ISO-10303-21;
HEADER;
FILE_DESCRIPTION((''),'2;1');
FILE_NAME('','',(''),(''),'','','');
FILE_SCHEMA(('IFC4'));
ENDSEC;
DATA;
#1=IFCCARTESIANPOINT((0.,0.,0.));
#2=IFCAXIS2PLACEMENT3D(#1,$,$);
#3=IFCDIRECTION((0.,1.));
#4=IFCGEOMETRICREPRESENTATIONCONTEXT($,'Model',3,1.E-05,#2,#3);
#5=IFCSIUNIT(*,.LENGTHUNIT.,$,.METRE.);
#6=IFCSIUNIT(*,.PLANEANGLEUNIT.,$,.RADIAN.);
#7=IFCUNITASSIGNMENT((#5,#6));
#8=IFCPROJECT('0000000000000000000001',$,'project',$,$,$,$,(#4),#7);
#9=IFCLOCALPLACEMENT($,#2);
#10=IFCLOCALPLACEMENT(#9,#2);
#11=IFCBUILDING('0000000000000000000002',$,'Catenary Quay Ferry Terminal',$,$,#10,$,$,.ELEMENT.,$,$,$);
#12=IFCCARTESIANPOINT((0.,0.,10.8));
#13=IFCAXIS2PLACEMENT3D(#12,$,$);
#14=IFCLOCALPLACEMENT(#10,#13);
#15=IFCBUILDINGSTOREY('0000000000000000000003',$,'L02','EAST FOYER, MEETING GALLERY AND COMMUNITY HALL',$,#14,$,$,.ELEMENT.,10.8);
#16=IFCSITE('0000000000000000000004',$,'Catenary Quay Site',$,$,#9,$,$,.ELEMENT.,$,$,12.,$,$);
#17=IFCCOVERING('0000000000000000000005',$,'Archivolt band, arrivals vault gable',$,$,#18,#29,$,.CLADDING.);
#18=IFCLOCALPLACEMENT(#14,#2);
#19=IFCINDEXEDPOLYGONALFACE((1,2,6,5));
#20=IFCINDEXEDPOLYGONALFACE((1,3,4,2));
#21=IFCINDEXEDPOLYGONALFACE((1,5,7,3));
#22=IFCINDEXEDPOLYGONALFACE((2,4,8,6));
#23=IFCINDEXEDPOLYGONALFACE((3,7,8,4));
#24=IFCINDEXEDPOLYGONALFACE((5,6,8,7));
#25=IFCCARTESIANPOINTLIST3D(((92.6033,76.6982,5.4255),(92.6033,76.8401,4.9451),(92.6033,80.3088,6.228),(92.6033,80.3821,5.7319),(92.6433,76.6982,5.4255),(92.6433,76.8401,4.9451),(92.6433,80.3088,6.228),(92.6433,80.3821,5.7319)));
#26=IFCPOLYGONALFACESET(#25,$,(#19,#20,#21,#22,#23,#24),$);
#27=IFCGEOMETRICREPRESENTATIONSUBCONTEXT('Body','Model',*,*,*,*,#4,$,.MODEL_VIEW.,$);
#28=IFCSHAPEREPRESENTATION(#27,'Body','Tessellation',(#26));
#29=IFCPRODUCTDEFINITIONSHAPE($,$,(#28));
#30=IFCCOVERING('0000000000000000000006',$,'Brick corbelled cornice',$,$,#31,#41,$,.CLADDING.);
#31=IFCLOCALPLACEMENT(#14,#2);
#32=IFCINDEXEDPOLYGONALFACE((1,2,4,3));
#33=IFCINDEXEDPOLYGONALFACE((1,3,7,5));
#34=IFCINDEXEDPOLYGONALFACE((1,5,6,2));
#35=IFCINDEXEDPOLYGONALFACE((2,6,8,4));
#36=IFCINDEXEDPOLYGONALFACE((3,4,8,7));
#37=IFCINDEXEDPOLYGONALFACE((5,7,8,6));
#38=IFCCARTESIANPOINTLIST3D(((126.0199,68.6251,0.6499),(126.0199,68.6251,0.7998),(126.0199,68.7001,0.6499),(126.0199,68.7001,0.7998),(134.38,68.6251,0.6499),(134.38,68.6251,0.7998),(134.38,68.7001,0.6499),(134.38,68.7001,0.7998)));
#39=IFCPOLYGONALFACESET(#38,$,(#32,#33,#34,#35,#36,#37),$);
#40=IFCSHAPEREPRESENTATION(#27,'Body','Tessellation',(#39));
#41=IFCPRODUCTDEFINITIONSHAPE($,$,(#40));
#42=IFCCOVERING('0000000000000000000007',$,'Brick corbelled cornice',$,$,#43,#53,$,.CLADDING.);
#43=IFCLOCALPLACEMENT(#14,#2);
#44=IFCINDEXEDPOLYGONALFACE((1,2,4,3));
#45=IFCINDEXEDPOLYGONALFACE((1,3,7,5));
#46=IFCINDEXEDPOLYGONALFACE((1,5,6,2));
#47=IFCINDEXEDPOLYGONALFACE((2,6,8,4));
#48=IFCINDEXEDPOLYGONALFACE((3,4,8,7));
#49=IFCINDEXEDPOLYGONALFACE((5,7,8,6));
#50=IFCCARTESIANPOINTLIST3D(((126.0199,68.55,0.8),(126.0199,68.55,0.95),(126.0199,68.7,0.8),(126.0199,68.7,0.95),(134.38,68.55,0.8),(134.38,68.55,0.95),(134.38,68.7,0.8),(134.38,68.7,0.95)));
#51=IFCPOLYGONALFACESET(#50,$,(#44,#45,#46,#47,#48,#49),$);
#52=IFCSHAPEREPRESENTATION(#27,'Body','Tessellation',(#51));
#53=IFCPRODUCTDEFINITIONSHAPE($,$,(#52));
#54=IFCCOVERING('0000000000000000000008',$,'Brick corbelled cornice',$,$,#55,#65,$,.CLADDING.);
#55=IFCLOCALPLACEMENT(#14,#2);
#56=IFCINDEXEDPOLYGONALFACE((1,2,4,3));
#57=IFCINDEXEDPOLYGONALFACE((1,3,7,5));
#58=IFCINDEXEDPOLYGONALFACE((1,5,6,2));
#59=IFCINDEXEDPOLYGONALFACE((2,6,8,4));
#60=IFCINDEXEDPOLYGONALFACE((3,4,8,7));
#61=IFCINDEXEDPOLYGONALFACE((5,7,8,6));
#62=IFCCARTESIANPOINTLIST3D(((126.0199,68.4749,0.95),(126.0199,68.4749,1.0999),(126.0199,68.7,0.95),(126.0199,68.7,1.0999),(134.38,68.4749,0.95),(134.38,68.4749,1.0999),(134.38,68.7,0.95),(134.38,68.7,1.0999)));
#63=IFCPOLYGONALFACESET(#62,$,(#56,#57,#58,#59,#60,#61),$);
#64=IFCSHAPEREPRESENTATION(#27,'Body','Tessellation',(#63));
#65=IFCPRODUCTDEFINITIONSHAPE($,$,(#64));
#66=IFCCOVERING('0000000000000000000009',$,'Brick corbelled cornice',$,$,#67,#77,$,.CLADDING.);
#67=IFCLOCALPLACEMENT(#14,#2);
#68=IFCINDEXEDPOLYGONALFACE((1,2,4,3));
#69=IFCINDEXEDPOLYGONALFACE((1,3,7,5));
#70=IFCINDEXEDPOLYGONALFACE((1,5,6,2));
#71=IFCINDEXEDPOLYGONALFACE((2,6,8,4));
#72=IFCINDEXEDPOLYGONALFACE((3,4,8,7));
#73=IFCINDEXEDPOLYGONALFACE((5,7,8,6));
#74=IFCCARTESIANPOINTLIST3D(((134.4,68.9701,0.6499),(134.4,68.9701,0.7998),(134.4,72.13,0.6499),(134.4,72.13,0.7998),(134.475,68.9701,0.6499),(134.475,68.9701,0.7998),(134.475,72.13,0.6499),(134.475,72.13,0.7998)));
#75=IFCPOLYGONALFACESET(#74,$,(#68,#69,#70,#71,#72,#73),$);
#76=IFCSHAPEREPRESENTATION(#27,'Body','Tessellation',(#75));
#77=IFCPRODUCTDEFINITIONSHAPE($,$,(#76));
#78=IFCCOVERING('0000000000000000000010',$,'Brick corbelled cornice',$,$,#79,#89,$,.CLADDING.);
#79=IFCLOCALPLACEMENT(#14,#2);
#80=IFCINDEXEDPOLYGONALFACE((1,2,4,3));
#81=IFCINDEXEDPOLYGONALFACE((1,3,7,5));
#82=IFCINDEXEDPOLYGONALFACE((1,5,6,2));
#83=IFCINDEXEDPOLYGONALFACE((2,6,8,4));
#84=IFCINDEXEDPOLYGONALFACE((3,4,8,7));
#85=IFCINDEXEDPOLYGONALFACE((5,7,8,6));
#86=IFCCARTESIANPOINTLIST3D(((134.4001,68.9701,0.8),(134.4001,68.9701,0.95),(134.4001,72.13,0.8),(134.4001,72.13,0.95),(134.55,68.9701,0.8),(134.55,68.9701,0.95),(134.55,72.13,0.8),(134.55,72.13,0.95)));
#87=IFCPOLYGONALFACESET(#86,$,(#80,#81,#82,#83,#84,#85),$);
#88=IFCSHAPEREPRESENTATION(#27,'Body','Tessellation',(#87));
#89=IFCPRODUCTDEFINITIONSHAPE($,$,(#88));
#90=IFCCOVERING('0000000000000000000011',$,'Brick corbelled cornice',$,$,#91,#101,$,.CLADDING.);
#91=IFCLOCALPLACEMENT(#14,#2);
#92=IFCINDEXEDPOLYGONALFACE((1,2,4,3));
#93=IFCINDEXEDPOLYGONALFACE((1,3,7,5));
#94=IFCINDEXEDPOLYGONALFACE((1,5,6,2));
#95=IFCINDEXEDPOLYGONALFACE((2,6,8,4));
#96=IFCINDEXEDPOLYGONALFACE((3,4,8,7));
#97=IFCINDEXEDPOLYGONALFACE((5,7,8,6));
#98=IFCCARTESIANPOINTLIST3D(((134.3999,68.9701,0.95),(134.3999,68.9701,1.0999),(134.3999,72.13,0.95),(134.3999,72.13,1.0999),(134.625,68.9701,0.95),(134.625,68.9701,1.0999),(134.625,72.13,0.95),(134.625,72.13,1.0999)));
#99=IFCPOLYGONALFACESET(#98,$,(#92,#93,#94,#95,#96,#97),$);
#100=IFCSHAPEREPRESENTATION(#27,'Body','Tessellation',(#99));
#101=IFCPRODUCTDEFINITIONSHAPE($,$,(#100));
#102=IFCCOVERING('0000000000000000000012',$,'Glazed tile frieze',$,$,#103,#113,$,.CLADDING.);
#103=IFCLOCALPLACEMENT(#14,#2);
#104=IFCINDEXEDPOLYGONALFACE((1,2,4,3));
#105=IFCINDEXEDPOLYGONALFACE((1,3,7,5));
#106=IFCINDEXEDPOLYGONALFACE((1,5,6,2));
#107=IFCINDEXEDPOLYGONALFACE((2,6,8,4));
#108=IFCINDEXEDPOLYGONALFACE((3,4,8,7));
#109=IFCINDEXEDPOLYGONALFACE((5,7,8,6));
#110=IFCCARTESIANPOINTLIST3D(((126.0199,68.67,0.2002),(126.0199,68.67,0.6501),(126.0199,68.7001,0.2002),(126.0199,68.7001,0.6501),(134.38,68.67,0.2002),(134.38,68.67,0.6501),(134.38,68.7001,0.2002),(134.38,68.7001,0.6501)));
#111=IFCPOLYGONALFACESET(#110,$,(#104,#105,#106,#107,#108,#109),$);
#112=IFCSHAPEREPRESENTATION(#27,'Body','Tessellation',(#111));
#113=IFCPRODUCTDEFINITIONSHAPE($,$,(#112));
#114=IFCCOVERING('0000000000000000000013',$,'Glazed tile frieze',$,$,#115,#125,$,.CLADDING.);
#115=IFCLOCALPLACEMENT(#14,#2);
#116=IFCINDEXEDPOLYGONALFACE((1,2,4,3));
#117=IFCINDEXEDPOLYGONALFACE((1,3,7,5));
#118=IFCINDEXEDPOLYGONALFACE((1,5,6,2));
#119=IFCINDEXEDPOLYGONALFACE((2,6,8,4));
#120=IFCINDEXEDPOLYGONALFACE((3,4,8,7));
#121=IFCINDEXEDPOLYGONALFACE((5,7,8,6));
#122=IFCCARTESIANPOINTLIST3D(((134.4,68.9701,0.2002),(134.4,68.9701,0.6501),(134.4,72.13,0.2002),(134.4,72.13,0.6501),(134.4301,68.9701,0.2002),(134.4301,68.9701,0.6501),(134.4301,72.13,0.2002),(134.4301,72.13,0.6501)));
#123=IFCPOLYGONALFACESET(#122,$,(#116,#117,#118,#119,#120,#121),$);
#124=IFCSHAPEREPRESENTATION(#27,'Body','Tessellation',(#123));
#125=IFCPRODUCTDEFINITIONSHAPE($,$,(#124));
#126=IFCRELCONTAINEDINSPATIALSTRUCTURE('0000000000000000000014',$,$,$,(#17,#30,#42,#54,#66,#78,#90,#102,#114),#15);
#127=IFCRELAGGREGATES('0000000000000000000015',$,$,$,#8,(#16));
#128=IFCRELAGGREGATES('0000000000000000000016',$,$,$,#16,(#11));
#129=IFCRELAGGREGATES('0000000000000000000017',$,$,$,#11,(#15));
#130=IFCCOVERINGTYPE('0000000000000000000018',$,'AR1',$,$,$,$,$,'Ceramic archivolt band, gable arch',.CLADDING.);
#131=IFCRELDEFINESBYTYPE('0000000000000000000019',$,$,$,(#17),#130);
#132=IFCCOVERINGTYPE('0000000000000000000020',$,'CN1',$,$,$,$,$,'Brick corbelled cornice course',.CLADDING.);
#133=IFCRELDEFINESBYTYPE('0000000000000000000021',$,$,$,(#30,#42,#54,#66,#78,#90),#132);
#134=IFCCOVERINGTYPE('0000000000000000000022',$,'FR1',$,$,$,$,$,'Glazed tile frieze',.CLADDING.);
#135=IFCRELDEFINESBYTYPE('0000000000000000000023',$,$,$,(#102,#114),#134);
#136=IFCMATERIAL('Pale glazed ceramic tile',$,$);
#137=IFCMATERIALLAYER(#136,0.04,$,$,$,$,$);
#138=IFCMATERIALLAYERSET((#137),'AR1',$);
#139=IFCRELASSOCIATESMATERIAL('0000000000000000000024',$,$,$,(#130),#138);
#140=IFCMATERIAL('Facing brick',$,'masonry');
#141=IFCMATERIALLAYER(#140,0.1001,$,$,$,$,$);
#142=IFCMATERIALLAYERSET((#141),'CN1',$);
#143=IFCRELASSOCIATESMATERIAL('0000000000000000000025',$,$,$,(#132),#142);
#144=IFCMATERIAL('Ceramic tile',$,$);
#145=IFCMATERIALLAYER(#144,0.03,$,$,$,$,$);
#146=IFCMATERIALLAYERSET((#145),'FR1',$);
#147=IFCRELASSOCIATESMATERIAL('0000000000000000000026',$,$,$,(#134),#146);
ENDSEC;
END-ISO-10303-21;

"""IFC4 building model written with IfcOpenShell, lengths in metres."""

from ifc_helpers import new_model, si_unit, direction, frame, origin, origin_2d, place, context, subcontext, project, spatial, polyline, rectangle, outline, extrude, material, layer, layer_set, type_object, element, save


model = new_model("IFC4")

# Units and contexts
model_context = context("Model", 3, precision=1e-05, world=origin(), true_north=direction((0.0, 1.0)))
body_context = subcontext(model_context, "Body", "Model", "MODEL_VIEW")
ifc_project = project(units=[si_unit("LENGTHUNIT", "METRE"), si_unit("PLANEANGLEUNIT", "RADIAN")], contexts=[model_context])

# Site, building, storey
site_placement = place(None, origin())
site = spatial("IfcSite", under=ifc_project, at=site_placement, Name="Catenary Quay Site", CompositionType="ELEMENT", RefElevation=12.0)
building_placement = place(site_placement, origin())
building = spatial("IfcBuilding", under=site, at=building_placement, Name="Catenary Quay Ferry Terminal", CompositionType="ELEMENT")
storey_placement = place(building_placement, frame((0.0, 0.0, 10.8)))
storey = spatial("IfcBuildingStorey", under=building, at=storey_placement, Name="L02", Description="EAST FOYER, MEETING GALLERY AND COMMUNITY HALL", CompositionType="ELEMENT", Elevation=10.8)

# Coverings
ifc_material_1 = material(Name="Pale glazed ceramic tile")
ifc_layer_1 = layer(ifc_material_1, 0.04)
ifc_layer_set_1 = layer_set([ifc_layer_1], Name="AR1")
covering_type_1 = type_object("IfcCoveringType", Name="AR1", ElementType="Ceramic archivolt band, gable arch", PredefinedType="CLADDING", material=ifc_layer_set_1)
covering_1_placement = place(storey_placement, frame((92.6033, 76.6982, 5.4255), z_axis=(-1.0, 0.0, 0.0), x_axis=(0.0, 0.976179, 0.216965)))
element("IfcCovering", 1, at=covering_1_placement, inside=storey, type_object=covering_type_1, Name="Archivolt band, arrivals vault gable", PredefinedType="CLADDING", context=body_context, shape_type="SweptSolid", body=[
    extrude(outline(polyline([(0.0, 0.0), (3.6987, 0.0), (3.6626, 0.5002), (0.0342, 0.4998), (0.0, 0.0)])), origin(), (0.0, 0.0, -1.0), 0.04),
])
ifc_material_2 = material(Name="Facing brick", Category="masonry")
ifc_layer_2 = layer(ifc_material_2, 0.1001)
ifc_layer_set_2 = layer_set([ifc_layer_2], Name="CN1")
covering_type_2 = type_object("IfcCoveringType", Name="CN1", ElementType="Brick corbelled cornice course", PredefinedType="CLADDING", material=ifc_layer_set_2)
covering_2_placement = place(storey_placement, frame((130.2, 68.6626, 0.6499), z_axis=(0.0, 0.0, 1.0), x_axis=(1.0, 0.0, 0.0)))
element("IfcCovering", 2, at=covering_2_placement, inside=storey, type_object=covering_type_2, Name="Brick corbelled cornice", PredefinedType="CLADDING", context=body_context, shape_type="SweptSolid", body=[
    extrude(rectangle(XDim=8.3601, YDim=0.075, at=origin_2d()), origin(), (0.0, 0.0, 1.0), 0.1499),
])
covering_3_placement = place(storey_placement, frame((130.2, 68.625, 0.8), z_axis=(0.0, 0.0, 1.0), x_axis=(1.0, 0.0, 0.0)))
element("IfcCovering", 3, at=covering_3_placement, inside=storey, type_object=covering_type_2, Name="Brick corbelled cornice", PredefinedType="CLADDING", context=body_context, shape_type="SweptSolid", body=[
    extrude(rectangle(XDim=8.3601, YDim=0.1499, at=origin_2d()), origin(), (0.0, 0.0, 1.0), 0.1499),
])
covering_4_placement = place(storey_placement, frame((130.2, 68.5874, 0.95), z_axis=(0.0, 0.0, 1.0), x_axis=(1.0, 0.0, 0.0)))
element("IfcCovering", 4, at=covering_4_placement, inside=storey, type_object=covering_type_2, Name="Brick corbelled cornice", PredefinedType="CLADDING", context=body_context, shape_type="SweptSolid", body=[
    extrude(rectangle(XDim=8.3601, YDim=0.2251, at=origin_2d()), origin(), (0.0, 0.0, 1.0), 0.1499),
])
covering_5_placement = place(storey_placement, frame((134.4375, 70.55, 0.6499), z_axis=(0.0, 0.0, 1.0), x_axis=(1.0, 0.0, 0.0)))
element("IfcCovering", 5, at=covering_5_placement, inside=storey, type_object=covering_type_2, Name="Brick corbelled cornice", PredefinedType="CLADDING", context=body_context, shape_type="SweptSolid", body=[
    extrude(rectangle(XDim=0.075, YDim=3.1599, at=origin_2d()), origin(), (0.0, 0.0, 1.0), 0.1499),
])
covering_6_placement = place(storey_placement, frame((134.4751, 70.55, 0.8), z_axis=(0.0, 0.0, 1.0), x_axis=(1.0, 0.0, 0.0)))
element("IfcCovering", 6, at=covering_6_placement, inside=storey, type_object=covering_type_2, Name="Brick corbelled cornice", PredefinedType="CLADDING", context=body_context, shape_type="SweptSolid", body=[
    extrude(rectangle(XDim=0.1499, YDim=3.1599, at=origin_2d()), origin(), (0.0, 0.0, 1.0), 0.1499),
])
covering_7_placement = place(storey_placement, frame((134.5125, 70.55, 0.95), z_axis=(0.0, 0.0, 1.0), x_axis=(1.0, 0.0, 0.0)))
element("IfcCovering", 7, at=covering_7_placement, inside=storey, type_object=covering_type_2, Name="Brick corbelled cornice", PredefinedType="CLADDING", context=body_context, shape_type="SweptSolid", body=[
    extrude(rectangle(XDim=0.2251, YDim=3.1599, at=origin_2d()), origin(), (0.0, 0.0, 1.0), 0.1499),
])
ifc_material_3 = material(Name="Ceramic tile")
ifc_layer_3 = layer(ifc_material_3, 0.03)
ifc_layer_set_3 = layer_set([ifc_layer_3], Name="FR1")
covering_type_3 = type_object("IfcCoveringType", Name="FR1", ElementType="Glazed tile frieze", PredefinedType="CLADDING", material=ifc_layer_set_3)
covering_8_placement = place(storey_placement, frame((130.2, 68.6851, 0.2002), z_axis=(0.0, 0.0, 1.0), x_axis=(1.0, 0.0, 0.0)))
element("IfcCovering", 8, at=covering_8_placement, inside=storey, type_object=covering_type_3, Name="Glazed tile frieze", PredefinedType="CLADDING", context=body_context, shape_type="SweptSolid", body=[
    extrude(rectangle(XDim=8.3601, YDim=0.03, at=origin_2d()), origin(), (0.0, 0.0, 1.0), 0.45),
])
covering_9_placement = place(storey_placement, frame((134.415, 70.55, 0.2002), z_axis=(0.0, 0.0, 1.0), x_axis=(1.0, 0.0, 0.0)))
element("IfcCovering", 9, at=covering_9_placement, inside=storey, type_object=covering_type_3, Name="Glazed tile frieze", PredefinedType="CLADDING", context=body_context, shape_type="SweptSolid", body=[
    extrude(rectangle(XDim=0.03, YDim=3.1599, at=origin_2d()), origin(), (0.0, 0.0, 1.0), 0.45),
])

save(model, "model.ifc")
